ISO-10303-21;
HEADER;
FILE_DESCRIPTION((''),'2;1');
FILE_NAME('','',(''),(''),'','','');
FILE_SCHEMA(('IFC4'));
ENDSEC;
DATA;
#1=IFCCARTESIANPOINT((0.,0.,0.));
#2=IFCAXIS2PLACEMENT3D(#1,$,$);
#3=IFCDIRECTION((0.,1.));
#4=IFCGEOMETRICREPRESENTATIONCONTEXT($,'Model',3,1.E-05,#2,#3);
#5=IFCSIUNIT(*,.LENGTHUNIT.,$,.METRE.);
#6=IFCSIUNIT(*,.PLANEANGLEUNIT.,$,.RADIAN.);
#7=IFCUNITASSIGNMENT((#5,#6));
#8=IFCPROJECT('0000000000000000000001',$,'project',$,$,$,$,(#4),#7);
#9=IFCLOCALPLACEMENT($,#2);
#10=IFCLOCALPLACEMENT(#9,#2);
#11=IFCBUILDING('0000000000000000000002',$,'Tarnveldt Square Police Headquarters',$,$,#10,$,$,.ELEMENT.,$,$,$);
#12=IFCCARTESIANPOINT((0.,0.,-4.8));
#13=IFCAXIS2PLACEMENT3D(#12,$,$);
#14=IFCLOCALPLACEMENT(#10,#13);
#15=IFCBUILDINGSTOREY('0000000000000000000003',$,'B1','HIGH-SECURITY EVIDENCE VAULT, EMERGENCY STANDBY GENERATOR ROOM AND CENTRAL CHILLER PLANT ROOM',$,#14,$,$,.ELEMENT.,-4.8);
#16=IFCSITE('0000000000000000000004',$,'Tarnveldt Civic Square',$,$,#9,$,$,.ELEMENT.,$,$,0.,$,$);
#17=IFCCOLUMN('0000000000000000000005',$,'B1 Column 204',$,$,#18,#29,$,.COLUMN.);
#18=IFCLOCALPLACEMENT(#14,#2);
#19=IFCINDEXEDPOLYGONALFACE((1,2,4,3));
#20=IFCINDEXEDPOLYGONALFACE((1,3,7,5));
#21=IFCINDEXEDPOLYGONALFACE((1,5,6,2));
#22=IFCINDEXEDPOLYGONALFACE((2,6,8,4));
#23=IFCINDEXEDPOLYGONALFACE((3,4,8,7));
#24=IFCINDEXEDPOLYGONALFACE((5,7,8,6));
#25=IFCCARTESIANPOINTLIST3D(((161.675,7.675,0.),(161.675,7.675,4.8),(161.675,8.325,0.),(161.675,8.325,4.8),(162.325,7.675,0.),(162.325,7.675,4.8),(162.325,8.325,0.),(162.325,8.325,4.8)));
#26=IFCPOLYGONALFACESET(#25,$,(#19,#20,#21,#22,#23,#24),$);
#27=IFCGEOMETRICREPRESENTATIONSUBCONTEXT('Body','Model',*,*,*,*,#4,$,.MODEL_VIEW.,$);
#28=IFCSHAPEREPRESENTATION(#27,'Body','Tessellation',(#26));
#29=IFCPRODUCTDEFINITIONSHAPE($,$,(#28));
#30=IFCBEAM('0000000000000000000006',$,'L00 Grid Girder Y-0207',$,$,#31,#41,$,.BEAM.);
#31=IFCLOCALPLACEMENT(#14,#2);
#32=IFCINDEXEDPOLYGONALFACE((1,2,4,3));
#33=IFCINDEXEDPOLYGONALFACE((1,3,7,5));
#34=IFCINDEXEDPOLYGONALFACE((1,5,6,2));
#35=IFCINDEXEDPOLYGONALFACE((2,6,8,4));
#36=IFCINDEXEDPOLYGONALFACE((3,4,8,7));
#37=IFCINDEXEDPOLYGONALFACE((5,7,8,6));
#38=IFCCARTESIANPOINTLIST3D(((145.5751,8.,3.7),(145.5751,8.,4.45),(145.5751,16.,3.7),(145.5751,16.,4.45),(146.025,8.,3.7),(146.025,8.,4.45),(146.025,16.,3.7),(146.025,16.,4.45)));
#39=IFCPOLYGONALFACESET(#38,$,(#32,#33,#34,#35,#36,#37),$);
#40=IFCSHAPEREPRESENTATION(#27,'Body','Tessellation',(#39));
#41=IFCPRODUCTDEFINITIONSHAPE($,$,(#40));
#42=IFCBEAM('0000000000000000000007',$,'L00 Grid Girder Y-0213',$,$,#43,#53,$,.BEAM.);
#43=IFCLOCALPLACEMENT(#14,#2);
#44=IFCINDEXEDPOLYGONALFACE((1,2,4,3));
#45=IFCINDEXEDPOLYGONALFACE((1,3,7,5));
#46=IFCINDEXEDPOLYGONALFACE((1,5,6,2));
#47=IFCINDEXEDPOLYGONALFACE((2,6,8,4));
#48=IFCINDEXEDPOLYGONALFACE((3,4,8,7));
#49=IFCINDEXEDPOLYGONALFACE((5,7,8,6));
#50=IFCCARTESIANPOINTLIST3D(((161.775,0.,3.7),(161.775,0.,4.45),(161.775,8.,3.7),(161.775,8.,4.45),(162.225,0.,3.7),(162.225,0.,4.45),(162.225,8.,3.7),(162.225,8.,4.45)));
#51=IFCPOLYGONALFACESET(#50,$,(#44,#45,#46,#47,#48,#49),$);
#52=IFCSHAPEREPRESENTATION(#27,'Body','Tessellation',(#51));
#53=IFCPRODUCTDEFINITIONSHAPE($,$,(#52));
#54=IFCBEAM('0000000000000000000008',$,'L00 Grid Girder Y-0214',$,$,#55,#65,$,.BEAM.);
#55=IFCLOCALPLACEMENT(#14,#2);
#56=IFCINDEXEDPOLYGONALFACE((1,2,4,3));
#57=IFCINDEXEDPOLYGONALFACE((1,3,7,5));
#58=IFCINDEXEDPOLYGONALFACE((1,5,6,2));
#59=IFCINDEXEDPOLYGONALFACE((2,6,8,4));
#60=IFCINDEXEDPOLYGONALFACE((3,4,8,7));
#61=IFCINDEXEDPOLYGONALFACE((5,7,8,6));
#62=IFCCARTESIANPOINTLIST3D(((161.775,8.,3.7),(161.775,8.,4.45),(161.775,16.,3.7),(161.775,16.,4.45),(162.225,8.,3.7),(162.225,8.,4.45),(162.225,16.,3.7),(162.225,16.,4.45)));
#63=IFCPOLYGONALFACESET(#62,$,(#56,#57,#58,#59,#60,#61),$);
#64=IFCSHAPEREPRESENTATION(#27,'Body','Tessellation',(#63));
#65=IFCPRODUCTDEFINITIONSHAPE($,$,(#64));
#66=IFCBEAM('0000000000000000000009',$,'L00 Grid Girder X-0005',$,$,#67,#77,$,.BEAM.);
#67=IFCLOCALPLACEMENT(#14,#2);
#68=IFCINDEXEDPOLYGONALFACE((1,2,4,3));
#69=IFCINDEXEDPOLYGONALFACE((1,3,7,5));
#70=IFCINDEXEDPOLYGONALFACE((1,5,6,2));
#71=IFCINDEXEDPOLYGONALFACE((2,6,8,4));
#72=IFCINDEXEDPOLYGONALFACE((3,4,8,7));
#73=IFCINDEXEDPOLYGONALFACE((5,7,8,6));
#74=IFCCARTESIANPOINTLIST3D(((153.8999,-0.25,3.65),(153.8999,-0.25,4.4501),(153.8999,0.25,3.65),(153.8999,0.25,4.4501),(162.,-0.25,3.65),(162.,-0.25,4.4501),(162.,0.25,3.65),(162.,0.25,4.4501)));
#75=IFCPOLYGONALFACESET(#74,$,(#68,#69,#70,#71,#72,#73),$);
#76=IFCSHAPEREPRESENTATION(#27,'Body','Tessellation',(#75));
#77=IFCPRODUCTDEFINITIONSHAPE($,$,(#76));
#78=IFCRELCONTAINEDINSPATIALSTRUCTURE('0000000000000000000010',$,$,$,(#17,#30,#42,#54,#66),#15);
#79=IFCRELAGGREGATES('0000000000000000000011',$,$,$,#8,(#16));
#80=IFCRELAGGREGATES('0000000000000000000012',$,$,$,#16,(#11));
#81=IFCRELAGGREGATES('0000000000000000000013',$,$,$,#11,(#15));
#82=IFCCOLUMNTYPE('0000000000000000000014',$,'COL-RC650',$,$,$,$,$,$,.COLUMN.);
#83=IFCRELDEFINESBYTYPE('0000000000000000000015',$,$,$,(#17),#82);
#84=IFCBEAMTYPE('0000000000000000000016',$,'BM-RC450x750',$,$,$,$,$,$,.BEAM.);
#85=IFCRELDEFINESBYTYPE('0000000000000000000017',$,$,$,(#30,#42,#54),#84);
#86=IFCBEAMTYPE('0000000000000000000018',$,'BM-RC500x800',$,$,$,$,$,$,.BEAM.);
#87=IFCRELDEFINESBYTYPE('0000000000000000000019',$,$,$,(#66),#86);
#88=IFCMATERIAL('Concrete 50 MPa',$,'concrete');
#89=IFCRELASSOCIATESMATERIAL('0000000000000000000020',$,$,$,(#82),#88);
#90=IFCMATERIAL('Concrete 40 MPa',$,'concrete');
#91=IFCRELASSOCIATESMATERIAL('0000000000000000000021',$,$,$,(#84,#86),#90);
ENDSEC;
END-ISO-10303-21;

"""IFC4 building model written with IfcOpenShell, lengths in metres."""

from ifc_helpers import new_model, si_unit, direction, frame, origin, origin_2d, place, context, subcontext, project, spatial, rectangle, extrude, material, material_profile, profile_set, type_object, element, save


model = new_model("IFC4")

# Units and contexts
model_context = context("Model", 3, precision=1e-05, world=origin(), true_north=direction((0.0, 1.0)))
body_context = subcontext(model_context, "Body", "Model", "MODEL_VIEW")
ifc_project = project(units=[si_unit("LENGTHUNIT", "METRE"), si_unit("PLANEANGLEUNIT", "RADIAN")], contexts=[model_context])

# Site, building, storey
site_placement = place(None, origin())
site = spatial("IfcSite", under=ifc_project, at=site_placement, Name="Tarnveldt Civic Square", CompositionType="ELEMENT", RefElevation=0.0)
building_placement = place(site_placement, origin())
building = spatial("IfcBuilding", under=site, at=building_placement, Name="Tarnveldt Square Police Headquarters", CompositionType="ELEMENT")
storey_placement = place(building_placement, frame((0.0, 0.0, -4.8)))
storey = spatial("IfcBuildingStorey", under=building, at=storey_placement, Name="B1", Description="HIGH-SECURITY EVIDENCE VAULT, EMERGENCY STANDBY GENERATOR ROOM AND CENTRAL CHILLER PLANT ROOM", CompositionType="ELEMENT", Elevation=-4.8)

# Column
ifc_material_1 = material(Name="Concrete 40 MPa", Category="concrete")
ifc_material_2 = material(Name="Concrete 50 MPa", Category="concrete")
ifc_material_profile_1 = material_profile(ifc_material_2, rectangle(XDim=0.6499, YDim=0.6499, at=origin_2d()), Name="RC-C650x650")
ifc_profile_set_1 = profile_set([ifc_material_profile_1], Name="Concrete 50 MPa")
column_type_1 = type_object("IfcColumnType", Name="COL-RC650", PredefinedType="COLUMN", material=ifc_profile_set_1)
column_1_placement = place(storey_placement, frame((162.0, 8.0, 0.0), z_axis=(0.0, 0.0, 1.0), x_axis=(1.0, 0.0, 0.0)))
element("IfcColumn", 1, at=column_1_placement, inside=storey, type_object=column_type_1, Name="B1 Column 204", PredefinedType="COLUMN", context=body_context, shape_type="SweptSolid", body=[
    extrude(rectangle(XDim=0.6499, YDim=0.6499, at=origin_2d()), origin(), (0.0, 0.0, 1.0), 4.8),
])

# Beams
ifc_material_profile_2 = material_profile(ifc_material_1, rectangle(XDim=0.45, YDim=0.75, at=origin_2d()), Name="RC-B450x750")
ifc_profile_set_2 = profile_set([ifc_material_profile_2], Name="Concrete 40 MPa")
beam_type_1 = type_object("IfcBeamType", Name="BM-RC450x750", PredefinedType="BEAM", material=ifc_profile_set_2)
for number, where, z_axis, x_axis, name in (
    (2, (145.8, 8.0, 4.075), (0.0, 1.0, 0.0), (-1.0, 0.0, 0.0), "L00 Grid Girder Y-0207"),
    (3, (162.0, 0.0, 4.075), (0.0, 1.0, 0.0), (-1.0, 0.0, 0.0), "L00 Grid Girder Y-0213"),
    (4, (162.0, 8.0, 4.075), (0.0, 1.0, 0.0), (-1.0, 0.0, 0.0), "L00 Grid Girder Y-0214"),
):
    element("IfcBeam", number, at=place(storey_placement, frame(where, z_axis=z_axis, x_axis=x_axis)), inside=storey, type_object=beam_type_1, Name=name, PredefinedType="BEAM", context=body_context, shape_type="SweptSolid", body=[
        extrude(rectangle(XDim=0.45, YDim=0.75, at=origin_2d()), origin(), (0.0, 0.0, 1.0), 8.0),
    ])
ifc_material_profile_3 = material_profile(ifc_material_1, rectangle(XDim=0.5, YDim=0.8, at=origin_2d()), Name="RC-B500x800")
ifc_profile_set_3 = profile_set([ifc_material_profile_3], Name="Concrete 40 MPa")
beam_type_2 = type_object("IfcBeamType", Name="BM-RC500x800", PredefinedType="BEAM", material=ifc_profile_set_3)
beam_placement = place(storey_placement, frame((153.8999, 0.0, 4.05), z_axis=(1.0, 0.0, 0.0), x_axis=(0.0, 1.0, 0.0)))
element("IfcBeam", 5, at=beam_placement, inside=storey, type_object=beam_type_2, Name="L00 Grid Girder X-0005", PredefinedType="BEAM", context=body_context, shape_type="SweptSolid", body=[
    extrude(rectangle(XDim=0.5, YDim=0.8, at=origin_2d()), origin(), (0.0, 0.0, 1.0), 8.1001),
])

save(model, "model.ifc")
